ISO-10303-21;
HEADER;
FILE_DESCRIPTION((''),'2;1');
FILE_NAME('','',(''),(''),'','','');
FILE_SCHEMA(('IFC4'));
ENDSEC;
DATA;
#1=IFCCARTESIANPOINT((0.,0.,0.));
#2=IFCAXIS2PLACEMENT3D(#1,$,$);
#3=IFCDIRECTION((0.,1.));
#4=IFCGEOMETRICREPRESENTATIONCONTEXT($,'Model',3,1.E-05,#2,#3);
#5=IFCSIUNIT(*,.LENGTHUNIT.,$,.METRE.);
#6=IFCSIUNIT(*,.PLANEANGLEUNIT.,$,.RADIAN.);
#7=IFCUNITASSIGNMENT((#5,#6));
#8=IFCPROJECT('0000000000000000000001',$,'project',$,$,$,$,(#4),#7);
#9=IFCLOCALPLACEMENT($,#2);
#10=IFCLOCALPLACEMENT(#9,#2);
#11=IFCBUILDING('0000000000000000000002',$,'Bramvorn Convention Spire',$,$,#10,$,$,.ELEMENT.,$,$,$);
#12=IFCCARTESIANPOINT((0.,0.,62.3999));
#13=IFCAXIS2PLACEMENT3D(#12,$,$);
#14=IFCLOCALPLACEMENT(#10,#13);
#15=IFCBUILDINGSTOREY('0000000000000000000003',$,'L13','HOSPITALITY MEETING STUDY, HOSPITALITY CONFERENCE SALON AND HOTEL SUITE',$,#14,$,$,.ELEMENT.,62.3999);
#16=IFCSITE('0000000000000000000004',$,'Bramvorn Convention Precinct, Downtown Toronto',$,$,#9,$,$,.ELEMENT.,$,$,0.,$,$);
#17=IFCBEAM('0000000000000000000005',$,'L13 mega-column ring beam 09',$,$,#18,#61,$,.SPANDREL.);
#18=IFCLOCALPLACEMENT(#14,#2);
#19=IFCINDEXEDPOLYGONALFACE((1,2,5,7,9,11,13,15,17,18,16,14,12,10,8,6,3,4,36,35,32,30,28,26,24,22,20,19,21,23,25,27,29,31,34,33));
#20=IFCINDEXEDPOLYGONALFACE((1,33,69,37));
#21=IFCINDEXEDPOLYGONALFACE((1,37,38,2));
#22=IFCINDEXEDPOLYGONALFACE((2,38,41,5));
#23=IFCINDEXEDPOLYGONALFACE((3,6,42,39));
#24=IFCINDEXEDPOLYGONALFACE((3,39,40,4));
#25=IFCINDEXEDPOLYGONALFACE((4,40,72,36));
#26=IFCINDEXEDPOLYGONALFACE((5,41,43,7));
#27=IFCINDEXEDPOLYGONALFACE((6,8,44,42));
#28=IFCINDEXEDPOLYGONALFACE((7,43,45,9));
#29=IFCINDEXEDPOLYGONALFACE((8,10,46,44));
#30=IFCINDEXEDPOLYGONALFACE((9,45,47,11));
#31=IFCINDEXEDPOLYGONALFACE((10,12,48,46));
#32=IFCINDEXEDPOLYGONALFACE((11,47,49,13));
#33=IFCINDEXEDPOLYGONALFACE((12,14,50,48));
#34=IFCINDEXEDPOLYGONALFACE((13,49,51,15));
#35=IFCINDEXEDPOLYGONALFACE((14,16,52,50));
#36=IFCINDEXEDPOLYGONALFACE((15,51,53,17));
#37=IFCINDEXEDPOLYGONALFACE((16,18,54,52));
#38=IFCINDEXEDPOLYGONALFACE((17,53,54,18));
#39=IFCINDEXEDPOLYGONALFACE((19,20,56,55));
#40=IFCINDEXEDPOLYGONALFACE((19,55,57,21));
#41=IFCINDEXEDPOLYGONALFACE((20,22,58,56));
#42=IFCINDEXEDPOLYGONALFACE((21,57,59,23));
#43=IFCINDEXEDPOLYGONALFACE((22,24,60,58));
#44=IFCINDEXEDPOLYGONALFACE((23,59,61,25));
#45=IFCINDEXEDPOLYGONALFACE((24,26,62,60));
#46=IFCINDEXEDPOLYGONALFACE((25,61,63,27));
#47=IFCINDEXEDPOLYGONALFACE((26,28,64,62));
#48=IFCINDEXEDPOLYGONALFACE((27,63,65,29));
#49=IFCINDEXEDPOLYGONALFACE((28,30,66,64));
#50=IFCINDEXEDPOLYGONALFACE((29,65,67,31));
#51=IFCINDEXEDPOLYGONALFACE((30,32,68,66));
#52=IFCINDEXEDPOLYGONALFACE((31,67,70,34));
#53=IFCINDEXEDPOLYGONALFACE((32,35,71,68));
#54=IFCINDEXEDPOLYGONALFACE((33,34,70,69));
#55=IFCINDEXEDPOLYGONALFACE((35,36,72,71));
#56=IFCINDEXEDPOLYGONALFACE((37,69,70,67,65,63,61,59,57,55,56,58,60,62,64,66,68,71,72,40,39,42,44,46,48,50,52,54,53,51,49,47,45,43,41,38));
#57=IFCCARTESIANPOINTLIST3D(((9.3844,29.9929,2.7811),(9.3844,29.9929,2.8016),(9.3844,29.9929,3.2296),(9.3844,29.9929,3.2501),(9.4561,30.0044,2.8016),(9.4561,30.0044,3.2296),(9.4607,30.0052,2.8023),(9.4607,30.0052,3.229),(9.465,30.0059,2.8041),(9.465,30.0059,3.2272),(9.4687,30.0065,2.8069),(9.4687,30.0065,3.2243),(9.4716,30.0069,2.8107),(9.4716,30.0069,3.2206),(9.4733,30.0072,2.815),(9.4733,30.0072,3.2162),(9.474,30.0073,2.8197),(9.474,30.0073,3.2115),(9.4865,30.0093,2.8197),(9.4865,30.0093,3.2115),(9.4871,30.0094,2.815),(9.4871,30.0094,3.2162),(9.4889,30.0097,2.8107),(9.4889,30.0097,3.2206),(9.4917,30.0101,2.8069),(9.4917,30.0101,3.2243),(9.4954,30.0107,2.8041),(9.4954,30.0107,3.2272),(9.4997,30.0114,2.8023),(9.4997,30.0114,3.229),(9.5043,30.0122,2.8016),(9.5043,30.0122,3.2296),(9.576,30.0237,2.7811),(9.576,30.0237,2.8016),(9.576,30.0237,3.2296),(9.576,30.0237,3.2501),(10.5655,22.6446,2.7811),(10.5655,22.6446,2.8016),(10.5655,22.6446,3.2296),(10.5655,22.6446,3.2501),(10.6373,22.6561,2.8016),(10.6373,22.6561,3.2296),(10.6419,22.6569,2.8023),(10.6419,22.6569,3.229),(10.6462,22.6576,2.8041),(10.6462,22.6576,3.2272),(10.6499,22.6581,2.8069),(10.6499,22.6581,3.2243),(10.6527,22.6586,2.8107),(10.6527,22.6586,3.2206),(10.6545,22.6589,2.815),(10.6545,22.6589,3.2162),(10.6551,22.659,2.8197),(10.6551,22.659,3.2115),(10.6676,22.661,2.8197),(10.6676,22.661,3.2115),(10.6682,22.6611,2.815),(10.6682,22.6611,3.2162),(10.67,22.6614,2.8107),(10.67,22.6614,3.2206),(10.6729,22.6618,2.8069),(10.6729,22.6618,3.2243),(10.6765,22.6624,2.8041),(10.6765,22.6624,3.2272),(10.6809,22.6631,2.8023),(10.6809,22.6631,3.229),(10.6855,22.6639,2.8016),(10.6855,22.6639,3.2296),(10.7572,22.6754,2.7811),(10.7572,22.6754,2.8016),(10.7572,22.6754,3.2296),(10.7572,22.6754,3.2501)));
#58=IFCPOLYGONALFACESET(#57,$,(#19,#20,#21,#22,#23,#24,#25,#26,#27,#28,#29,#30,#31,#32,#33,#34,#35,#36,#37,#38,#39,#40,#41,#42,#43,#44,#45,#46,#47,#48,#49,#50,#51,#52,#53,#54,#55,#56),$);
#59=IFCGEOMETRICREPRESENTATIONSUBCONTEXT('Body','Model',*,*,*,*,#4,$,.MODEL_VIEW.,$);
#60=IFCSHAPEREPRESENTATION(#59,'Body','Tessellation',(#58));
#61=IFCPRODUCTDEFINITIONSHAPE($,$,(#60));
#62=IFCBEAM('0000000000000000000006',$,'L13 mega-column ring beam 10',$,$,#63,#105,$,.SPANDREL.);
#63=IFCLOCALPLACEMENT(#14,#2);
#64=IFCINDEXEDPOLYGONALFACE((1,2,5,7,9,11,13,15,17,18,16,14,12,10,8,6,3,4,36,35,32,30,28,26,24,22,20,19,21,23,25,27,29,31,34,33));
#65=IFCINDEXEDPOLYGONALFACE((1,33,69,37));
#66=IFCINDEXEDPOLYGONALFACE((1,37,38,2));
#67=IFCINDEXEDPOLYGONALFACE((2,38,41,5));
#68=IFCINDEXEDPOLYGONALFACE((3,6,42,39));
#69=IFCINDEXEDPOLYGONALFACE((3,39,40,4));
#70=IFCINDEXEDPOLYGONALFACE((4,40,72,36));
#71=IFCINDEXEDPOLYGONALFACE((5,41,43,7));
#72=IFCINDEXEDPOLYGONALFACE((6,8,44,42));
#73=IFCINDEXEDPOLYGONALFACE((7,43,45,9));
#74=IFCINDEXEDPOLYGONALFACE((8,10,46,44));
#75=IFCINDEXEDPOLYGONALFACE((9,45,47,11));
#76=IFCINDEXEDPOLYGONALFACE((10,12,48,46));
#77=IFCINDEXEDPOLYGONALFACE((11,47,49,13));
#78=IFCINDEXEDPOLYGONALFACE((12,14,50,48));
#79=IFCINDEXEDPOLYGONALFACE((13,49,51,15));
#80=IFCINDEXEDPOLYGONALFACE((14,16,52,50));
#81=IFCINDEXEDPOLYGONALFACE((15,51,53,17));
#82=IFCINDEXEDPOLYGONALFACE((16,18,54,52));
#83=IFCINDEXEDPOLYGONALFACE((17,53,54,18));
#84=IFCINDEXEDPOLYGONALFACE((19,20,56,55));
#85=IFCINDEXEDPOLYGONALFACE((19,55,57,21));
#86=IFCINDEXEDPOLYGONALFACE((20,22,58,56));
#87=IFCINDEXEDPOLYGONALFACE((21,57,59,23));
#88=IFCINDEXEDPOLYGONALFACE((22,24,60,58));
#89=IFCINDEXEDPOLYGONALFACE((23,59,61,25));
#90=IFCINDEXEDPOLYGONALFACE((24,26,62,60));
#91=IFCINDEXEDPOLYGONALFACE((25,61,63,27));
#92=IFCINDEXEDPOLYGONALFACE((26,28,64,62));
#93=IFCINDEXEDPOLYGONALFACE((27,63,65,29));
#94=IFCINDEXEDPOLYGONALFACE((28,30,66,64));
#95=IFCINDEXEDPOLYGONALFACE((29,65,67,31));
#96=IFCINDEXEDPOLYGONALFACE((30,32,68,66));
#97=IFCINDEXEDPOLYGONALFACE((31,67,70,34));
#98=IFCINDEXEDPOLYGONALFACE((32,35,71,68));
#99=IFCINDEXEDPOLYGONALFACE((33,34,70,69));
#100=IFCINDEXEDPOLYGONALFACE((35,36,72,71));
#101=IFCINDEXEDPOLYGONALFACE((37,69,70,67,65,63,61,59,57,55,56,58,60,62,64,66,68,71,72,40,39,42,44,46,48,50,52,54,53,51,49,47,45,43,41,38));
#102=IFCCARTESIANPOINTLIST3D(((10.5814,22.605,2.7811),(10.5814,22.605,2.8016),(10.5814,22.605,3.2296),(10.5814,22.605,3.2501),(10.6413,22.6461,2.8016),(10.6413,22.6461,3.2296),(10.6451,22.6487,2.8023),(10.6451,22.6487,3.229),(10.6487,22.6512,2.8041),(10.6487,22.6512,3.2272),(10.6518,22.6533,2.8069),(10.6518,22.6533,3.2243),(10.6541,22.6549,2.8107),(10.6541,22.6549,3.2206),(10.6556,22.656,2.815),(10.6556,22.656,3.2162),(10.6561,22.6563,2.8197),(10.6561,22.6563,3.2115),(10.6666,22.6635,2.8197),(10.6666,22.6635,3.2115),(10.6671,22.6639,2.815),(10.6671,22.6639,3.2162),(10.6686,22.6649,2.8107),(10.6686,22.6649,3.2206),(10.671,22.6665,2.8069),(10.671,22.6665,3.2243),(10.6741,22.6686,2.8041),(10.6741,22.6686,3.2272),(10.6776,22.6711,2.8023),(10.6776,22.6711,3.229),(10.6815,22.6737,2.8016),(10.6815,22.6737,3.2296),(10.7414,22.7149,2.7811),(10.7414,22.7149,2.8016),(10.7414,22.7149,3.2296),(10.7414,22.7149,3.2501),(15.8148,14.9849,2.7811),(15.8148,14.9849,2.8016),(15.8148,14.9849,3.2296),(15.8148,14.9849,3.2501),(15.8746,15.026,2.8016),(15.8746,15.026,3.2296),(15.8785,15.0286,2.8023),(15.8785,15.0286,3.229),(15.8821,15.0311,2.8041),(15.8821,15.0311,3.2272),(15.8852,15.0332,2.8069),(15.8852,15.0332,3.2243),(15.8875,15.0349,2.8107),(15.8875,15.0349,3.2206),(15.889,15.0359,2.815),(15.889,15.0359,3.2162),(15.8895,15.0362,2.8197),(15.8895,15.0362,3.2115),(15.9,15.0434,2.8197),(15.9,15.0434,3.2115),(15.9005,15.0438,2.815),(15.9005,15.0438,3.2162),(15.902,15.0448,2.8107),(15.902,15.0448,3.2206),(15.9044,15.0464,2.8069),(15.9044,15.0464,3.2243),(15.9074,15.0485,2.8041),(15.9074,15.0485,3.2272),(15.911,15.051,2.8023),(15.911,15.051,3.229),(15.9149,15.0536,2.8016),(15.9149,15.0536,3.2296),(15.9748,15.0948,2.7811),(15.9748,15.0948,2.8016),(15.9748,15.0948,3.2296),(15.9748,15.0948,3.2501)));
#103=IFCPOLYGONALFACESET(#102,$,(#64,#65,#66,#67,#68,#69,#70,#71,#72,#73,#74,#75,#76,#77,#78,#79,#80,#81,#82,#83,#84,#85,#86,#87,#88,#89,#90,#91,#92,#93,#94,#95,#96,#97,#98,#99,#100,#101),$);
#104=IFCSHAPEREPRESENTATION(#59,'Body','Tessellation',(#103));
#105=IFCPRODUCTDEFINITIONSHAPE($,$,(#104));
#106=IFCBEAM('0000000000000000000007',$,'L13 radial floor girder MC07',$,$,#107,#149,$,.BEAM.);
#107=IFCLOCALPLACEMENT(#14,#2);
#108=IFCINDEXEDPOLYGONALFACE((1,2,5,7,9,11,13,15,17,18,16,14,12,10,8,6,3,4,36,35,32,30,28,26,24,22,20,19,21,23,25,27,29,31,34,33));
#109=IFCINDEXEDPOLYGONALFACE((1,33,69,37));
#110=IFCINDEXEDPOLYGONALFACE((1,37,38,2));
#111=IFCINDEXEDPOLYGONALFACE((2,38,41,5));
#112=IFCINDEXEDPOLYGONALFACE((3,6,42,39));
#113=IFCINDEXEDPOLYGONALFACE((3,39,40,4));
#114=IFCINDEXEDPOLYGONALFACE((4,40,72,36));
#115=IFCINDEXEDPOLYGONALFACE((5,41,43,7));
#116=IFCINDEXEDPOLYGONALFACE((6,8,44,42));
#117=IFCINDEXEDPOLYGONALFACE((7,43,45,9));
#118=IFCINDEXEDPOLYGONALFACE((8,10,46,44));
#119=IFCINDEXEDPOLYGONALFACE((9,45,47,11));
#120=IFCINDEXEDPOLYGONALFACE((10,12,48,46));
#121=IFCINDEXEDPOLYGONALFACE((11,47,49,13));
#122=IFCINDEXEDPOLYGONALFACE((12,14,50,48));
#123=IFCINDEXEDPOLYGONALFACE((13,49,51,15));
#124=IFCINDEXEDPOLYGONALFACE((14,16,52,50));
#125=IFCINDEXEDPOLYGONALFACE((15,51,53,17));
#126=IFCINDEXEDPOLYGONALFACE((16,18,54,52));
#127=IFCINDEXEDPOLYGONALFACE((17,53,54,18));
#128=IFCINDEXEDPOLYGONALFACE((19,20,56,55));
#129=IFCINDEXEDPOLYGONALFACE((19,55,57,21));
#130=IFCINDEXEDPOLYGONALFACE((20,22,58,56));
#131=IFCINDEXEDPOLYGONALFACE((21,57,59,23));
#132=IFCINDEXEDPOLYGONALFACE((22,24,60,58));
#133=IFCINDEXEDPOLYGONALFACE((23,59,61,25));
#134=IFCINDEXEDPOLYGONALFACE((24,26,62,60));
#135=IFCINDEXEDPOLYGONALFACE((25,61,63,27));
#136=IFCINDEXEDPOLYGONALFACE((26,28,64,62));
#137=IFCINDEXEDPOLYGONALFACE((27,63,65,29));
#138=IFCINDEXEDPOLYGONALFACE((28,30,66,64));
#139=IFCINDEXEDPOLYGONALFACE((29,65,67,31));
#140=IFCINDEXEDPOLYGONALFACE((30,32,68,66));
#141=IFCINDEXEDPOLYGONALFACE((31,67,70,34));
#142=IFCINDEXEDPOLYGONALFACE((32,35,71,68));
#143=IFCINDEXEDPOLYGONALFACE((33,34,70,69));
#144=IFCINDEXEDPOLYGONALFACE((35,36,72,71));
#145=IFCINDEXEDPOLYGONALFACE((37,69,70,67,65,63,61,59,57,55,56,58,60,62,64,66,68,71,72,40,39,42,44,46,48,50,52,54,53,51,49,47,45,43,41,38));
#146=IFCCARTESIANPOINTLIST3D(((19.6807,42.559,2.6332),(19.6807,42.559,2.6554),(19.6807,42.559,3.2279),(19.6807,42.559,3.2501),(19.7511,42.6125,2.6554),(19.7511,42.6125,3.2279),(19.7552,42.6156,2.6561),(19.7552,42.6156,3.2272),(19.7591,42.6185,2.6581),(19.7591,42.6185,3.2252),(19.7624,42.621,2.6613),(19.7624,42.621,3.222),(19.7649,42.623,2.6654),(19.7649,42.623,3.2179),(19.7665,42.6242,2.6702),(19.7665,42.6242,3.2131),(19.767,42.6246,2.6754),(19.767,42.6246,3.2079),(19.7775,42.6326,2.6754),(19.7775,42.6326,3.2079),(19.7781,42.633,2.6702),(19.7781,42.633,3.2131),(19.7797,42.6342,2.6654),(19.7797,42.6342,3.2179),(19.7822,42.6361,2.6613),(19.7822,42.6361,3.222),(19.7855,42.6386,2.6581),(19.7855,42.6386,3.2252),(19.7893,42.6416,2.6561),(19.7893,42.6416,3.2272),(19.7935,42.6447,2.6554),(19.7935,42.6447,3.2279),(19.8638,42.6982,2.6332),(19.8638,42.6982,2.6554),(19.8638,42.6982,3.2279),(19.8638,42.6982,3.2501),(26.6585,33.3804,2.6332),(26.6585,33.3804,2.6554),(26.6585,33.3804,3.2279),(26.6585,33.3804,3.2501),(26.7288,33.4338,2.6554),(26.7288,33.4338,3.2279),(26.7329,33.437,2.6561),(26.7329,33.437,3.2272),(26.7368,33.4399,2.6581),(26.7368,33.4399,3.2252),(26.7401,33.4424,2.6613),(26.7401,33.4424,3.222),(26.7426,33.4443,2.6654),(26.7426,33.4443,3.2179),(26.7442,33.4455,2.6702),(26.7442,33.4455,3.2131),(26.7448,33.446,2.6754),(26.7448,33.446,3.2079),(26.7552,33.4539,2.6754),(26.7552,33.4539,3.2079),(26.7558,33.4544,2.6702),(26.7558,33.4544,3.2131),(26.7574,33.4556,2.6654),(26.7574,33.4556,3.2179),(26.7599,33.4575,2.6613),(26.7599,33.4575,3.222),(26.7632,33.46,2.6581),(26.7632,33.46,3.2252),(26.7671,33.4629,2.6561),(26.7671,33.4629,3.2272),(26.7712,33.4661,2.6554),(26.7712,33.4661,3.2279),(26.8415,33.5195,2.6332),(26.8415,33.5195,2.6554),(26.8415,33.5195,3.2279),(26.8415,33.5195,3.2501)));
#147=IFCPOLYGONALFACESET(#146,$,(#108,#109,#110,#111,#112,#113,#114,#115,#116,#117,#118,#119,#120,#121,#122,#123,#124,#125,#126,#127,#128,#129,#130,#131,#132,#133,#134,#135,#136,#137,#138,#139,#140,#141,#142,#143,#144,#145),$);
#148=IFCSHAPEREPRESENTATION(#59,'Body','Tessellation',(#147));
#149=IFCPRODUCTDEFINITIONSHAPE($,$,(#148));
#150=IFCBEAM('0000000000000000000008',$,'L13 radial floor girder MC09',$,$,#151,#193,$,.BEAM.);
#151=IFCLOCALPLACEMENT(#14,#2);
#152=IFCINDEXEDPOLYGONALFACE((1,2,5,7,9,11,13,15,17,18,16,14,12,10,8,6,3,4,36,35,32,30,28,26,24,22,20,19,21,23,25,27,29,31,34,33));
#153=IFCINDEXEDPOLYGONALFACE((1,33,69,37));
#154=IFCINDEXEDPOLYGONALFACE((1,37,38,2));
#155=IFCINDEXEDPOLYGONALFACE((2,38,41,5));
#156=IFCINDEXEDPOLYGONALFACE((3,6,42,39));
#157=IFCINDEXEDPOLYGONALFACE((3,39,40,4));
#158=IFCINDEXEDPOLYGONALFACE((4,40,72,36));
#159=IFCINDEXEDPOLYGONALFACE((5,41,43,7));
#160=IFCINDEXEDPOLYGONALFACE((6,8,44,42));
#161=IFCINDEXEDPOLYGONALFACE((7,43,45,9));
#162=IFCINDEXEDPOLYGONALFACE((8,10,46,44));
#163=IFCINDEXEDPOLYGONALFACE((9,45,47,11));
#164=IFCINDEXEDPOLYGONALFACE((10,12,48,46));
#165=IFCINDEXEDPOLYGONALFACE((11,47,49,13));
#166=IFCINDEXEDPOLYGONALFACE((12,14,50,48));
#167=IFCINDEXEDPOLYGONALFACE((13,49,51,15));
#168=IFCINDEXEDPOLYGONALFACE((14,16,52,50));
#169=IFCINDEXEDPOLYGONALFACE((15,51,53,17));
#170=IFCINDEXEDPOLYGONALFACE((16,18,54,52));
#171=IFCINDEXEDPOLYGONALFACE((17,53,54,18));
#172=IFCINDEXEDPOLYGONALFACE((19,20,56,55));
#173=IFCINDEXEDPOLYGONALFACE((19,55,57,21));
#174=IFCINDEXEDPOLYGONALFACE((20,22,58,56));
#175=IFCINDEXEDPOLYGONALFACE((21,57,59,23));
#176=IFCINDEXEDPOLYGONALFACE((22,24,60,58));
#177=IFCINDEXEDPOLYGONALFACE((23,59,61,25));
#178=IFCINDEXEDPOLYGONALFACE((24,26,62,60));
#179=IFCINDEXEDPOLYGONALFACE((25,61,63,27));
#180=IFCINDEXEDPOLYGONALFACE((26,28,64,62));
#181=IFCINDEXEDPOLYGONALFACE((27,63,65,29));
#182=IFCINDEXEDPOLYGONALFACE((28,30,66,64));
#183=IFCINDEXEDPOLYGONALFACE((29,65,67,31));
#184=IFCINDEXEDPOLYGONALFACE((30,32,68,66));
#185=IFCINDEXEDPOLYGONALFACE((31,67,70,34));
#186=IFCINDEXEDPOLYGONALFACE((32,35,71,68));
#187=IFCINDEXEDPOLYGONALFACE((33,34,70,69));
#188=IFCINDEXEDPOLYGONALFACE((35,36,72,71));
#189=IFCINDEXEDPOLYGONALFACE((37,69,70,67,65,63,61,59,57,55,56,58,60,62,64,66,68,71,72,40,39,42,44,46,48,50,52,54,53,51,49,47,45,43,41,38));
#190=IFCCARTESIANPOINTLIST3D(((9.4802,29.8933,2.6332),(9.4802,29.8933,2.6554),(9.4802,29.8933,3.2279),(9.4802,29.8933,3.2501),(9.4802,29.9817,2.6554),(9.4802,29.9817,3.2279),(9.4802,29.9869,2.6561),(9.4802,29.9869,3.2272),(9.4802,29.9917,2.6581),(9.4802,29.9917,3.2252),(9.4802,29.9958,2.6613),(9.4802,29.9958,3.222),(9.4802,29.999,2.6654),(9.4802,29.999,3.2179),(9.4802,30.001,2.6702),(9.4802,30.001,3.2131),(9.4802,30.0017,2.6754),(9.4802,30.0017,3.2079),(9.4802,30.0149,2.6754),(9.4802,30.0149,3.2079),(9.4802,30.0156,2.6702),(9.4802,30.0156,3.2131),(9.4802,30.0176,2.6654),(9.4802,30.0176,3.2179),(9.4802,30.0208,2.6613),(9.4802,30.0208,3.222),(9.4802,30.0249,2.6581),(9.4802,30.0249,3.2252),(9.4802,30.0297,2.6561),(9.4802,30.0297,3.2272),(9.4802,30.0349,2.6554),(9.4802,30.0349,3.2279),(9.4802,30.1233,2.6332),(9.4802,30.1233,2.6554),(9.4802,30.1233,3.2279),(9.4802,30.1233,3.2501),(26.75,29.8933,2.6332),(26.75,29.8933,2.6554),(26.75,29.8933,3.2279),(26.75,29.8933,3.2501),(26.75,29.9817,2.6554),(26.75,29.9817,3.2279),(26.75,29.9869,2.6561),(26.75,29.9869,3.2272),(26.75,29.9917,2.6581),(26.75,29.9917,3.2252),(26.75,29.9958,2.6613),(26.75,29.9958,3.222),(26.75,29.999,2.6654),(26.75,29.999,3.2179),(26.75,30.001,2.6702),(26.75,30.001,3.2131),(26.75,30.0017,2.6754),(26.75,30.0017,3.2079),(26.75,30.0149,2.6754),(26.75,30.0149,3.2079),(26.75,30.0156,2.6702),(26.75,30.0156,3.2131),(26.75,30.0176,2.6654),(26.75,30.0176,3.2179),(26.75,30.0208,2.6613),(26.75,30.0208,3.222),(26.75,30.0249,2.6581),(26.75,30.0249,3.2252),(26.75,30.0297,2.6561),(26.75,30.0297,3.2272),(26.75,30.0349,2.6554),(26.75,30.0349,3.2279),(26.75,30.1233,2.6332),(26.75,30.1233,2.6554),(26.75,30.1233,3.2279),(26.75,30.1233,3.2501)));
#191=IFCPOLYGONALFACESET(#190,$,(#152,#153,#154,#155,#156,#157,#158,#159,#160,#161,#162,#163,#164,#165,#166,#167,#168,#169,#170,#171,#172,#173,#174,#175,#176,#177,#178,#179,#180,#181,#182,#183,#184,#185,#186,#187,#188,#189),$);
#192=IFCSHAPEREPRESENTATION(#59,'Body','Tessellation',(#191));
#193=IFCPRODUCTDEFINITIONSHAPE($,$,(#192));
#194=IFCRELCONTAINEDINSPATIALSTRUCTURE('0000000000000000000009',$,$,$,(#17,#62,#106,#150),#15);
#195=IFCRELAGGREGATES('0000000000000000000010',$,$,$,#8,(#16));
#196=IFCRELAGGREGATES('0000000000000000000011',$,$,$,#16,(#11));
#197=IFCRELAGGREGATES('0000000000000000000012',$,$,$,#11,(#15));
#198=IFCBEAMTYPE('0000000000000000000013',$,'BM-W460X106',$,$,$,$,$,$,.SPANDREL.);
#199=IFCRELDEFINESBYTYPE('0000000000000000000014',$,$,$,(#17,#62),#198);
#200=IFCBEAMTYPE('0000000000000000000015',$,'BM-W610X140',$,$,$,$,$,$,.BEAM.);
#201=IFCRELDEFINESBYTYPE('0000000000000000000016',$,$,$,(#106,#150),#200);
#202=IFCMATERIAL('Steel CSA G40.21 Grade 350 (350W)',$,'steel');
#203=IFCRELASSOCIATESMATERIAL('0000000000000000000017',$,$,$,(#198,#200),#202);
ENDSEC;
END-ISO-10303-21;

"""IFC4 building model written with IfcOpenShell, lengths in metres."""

from ifc_helpers import new_model, si_unit, direction, frame, origin, origin_2d, place, context, subcontext, project, spatial, i_section, extrude, material, material_profile, profile_set, type_object, element, save


model = new_model("IFC4")

# Units and contexts
model_context = context("Model", 3, precision=1e-05, world=origin(), true_north=direction((0.0, 1.0)))
body_context = subcontext(model_context, "Body", "Model", "MODEL_VIEW")
ifc_project = project(units=[si_unit("LENGTHUNIT", "METRE"), si_unit("PLANEANGLEUNIT", "RADIAN")], contexts=[model_context])

# Site, building, storey
site_placement = place(None, origin())
site = spatial("IfcSite", under=ifc_project, at=site_placement, Name="Bramvorn Convention Precinct, Downtown Toronto", CompositionType="ELEMENT", RefElevation=0.0)
building_placement = place(site_placement, origin())
building = spatial("IfcBuilding", under=site, at=building_placement, Name="Bramvorn Convention Spire", CompositionType="ELEMENT")
storey_placement = place(building_placement, frame((0.0, 0.0, 62.3999)))
storey = spatial("IfcBuildingStorey", under=building, at=storey_placement, Name="L13", Description="HOSPITALITY MEETING STUDY, HOSPITALITY CONFERENCE SALON AND HOTEL SUITE", CompositionType="ELEMENT", Elevation=62.3999)

# Shared definitions
ifc_material_1 = material(Name="Steel CSA G40.21 Grade 350 (350W)", Category="steel")

# Beams
ifc_material_profile_1 = material_profile(ifc_material_1, i_section(OverallWidth=0.1941, OverallDepth=0.469, WebThickness=0.0127, FlangeThickness=0.0205, FilletRadius=0.0181, at=origin_2d()))
ifc_profile_set_1 = profile_set([ifc_material_profile_1], Name="Steel CSA G40.21 Grade 350 (350W) - W460X106")
beam_type_1 = type_object("IfcBeamType", Name="BM-W460X106", PredefinedType="SPANDREL", material=ifc_profile_set_1)
beam_1_placement = place(storey_placement, frame((9.4802, 30.0083, 3.0156), z_axis=(0.158699, -0.987327, 0.0), x_axis=(0.987327, 0.158699, 0.0)))
element("IfcBeam", 1, at=beam_1_placement, inside=storey, type_object=beam_type_1, Name="L13 mega-column ring beam 09", PredefinedType="SPANDREL", context=body_context, shape_type="SweptSolid", body=[
    extrude(i_section(OverallWidth=0.1941, OverallDepth=0.469, WebThickness=0.0127, FlangeThickness=0.0205, FilletRadius=0.0181, at=origin_2d()), origin(), (0.0, 0.0, 1.0), 7.4426),
])
beam_2_placement = place(storey_placement, frame((10.6614, 22.6599, 3.0156), z_axis=(0.56613, -0.824316, 0.0), x_axis=(0.824316, 0.56613, 0.0)))
element("IfcBeam", 2, at=beam_2_placement, inside=storey, type_object=beam_type_1, Name="L13 mega-column ring beam 10", PredefinedType="SPANDREL", context=body_context, shape_type="SweptSolid", body=[
    extrude(i_section(OverallWidth=0.1941, OverallDepth=0.469, WebThickness=0.0127, FlangeThickness=0.0205, FilletRadius=0.0181, at=origin_2d()), origin(), (0.0, 0.0, 1.0), 9.2441),
])
ifc_material_profile_2 = material_profile(ifc_material_1, i_section(OverallWidth=0.23, OverallDepth=0.6169, WebThickness=0.0132, FlangeThickness=0.0222, FilletRadius=0.02, at=origin_2d()))
ifc_profile_set_2 = profile_set([ifc_material_profile_2], Name="Steel CSA G40.21 Grade 350 (350W) - W610X140")
beam_type_2 = type_object("IfcBeamType", Name="BM-W610X140", PredefinedType="BEAM", material=ifc_profile_set_2)
beam_3_placement = place(storey_placement, frame((26.75, 33.45, 2.9417), z_axis=(-0.605191, 0.79608, 0.0), x_axis=(-0.79608, -0.605191, 0.0)))
element("IfcBeam", 3, at=beam_3_placement, inside=storey, type_object=beam_type_2, Name="L13 radial floor girder MC07", PredefinedType="BEAM", context=body_context, shape_type="SweptSolid", body=[
    extrude(i_section(OverallWidth=0.23, OverallDepth=0.6169, WebThickness=0.0132, FlangeThickness=0.0222, FilletRadius=0.02, at=origin_2d()), origin(), (0.0, 0.0, 1.0), 11.5298),
])
beam_4_placement = place(storey_placement, frame((26.75, 30.0083, 2.9417), z_axis=(-1.0, 0.0, 0.0), x_axis=(0.0, -1.0, 0.0)))
element("IfcBeam", 4, at=beam_4_placement, inside=storey, type_object=beam_type_2, Name="L13 radial floor girder MC09", PredefinedType="BEAM", context=body_context, shape_type="SweptSolid", body=[
    extrude(i_section(OverallWidth=0.23, OverallDepth=0.6169, WebThickness=0.0132, FlangeThickness=0.0222, FilletRadius=0.02, at=origin_2d()), origin(), (0.0, 0.0, 1.0), 17.2698),
])

save(model, "model.ifc")
